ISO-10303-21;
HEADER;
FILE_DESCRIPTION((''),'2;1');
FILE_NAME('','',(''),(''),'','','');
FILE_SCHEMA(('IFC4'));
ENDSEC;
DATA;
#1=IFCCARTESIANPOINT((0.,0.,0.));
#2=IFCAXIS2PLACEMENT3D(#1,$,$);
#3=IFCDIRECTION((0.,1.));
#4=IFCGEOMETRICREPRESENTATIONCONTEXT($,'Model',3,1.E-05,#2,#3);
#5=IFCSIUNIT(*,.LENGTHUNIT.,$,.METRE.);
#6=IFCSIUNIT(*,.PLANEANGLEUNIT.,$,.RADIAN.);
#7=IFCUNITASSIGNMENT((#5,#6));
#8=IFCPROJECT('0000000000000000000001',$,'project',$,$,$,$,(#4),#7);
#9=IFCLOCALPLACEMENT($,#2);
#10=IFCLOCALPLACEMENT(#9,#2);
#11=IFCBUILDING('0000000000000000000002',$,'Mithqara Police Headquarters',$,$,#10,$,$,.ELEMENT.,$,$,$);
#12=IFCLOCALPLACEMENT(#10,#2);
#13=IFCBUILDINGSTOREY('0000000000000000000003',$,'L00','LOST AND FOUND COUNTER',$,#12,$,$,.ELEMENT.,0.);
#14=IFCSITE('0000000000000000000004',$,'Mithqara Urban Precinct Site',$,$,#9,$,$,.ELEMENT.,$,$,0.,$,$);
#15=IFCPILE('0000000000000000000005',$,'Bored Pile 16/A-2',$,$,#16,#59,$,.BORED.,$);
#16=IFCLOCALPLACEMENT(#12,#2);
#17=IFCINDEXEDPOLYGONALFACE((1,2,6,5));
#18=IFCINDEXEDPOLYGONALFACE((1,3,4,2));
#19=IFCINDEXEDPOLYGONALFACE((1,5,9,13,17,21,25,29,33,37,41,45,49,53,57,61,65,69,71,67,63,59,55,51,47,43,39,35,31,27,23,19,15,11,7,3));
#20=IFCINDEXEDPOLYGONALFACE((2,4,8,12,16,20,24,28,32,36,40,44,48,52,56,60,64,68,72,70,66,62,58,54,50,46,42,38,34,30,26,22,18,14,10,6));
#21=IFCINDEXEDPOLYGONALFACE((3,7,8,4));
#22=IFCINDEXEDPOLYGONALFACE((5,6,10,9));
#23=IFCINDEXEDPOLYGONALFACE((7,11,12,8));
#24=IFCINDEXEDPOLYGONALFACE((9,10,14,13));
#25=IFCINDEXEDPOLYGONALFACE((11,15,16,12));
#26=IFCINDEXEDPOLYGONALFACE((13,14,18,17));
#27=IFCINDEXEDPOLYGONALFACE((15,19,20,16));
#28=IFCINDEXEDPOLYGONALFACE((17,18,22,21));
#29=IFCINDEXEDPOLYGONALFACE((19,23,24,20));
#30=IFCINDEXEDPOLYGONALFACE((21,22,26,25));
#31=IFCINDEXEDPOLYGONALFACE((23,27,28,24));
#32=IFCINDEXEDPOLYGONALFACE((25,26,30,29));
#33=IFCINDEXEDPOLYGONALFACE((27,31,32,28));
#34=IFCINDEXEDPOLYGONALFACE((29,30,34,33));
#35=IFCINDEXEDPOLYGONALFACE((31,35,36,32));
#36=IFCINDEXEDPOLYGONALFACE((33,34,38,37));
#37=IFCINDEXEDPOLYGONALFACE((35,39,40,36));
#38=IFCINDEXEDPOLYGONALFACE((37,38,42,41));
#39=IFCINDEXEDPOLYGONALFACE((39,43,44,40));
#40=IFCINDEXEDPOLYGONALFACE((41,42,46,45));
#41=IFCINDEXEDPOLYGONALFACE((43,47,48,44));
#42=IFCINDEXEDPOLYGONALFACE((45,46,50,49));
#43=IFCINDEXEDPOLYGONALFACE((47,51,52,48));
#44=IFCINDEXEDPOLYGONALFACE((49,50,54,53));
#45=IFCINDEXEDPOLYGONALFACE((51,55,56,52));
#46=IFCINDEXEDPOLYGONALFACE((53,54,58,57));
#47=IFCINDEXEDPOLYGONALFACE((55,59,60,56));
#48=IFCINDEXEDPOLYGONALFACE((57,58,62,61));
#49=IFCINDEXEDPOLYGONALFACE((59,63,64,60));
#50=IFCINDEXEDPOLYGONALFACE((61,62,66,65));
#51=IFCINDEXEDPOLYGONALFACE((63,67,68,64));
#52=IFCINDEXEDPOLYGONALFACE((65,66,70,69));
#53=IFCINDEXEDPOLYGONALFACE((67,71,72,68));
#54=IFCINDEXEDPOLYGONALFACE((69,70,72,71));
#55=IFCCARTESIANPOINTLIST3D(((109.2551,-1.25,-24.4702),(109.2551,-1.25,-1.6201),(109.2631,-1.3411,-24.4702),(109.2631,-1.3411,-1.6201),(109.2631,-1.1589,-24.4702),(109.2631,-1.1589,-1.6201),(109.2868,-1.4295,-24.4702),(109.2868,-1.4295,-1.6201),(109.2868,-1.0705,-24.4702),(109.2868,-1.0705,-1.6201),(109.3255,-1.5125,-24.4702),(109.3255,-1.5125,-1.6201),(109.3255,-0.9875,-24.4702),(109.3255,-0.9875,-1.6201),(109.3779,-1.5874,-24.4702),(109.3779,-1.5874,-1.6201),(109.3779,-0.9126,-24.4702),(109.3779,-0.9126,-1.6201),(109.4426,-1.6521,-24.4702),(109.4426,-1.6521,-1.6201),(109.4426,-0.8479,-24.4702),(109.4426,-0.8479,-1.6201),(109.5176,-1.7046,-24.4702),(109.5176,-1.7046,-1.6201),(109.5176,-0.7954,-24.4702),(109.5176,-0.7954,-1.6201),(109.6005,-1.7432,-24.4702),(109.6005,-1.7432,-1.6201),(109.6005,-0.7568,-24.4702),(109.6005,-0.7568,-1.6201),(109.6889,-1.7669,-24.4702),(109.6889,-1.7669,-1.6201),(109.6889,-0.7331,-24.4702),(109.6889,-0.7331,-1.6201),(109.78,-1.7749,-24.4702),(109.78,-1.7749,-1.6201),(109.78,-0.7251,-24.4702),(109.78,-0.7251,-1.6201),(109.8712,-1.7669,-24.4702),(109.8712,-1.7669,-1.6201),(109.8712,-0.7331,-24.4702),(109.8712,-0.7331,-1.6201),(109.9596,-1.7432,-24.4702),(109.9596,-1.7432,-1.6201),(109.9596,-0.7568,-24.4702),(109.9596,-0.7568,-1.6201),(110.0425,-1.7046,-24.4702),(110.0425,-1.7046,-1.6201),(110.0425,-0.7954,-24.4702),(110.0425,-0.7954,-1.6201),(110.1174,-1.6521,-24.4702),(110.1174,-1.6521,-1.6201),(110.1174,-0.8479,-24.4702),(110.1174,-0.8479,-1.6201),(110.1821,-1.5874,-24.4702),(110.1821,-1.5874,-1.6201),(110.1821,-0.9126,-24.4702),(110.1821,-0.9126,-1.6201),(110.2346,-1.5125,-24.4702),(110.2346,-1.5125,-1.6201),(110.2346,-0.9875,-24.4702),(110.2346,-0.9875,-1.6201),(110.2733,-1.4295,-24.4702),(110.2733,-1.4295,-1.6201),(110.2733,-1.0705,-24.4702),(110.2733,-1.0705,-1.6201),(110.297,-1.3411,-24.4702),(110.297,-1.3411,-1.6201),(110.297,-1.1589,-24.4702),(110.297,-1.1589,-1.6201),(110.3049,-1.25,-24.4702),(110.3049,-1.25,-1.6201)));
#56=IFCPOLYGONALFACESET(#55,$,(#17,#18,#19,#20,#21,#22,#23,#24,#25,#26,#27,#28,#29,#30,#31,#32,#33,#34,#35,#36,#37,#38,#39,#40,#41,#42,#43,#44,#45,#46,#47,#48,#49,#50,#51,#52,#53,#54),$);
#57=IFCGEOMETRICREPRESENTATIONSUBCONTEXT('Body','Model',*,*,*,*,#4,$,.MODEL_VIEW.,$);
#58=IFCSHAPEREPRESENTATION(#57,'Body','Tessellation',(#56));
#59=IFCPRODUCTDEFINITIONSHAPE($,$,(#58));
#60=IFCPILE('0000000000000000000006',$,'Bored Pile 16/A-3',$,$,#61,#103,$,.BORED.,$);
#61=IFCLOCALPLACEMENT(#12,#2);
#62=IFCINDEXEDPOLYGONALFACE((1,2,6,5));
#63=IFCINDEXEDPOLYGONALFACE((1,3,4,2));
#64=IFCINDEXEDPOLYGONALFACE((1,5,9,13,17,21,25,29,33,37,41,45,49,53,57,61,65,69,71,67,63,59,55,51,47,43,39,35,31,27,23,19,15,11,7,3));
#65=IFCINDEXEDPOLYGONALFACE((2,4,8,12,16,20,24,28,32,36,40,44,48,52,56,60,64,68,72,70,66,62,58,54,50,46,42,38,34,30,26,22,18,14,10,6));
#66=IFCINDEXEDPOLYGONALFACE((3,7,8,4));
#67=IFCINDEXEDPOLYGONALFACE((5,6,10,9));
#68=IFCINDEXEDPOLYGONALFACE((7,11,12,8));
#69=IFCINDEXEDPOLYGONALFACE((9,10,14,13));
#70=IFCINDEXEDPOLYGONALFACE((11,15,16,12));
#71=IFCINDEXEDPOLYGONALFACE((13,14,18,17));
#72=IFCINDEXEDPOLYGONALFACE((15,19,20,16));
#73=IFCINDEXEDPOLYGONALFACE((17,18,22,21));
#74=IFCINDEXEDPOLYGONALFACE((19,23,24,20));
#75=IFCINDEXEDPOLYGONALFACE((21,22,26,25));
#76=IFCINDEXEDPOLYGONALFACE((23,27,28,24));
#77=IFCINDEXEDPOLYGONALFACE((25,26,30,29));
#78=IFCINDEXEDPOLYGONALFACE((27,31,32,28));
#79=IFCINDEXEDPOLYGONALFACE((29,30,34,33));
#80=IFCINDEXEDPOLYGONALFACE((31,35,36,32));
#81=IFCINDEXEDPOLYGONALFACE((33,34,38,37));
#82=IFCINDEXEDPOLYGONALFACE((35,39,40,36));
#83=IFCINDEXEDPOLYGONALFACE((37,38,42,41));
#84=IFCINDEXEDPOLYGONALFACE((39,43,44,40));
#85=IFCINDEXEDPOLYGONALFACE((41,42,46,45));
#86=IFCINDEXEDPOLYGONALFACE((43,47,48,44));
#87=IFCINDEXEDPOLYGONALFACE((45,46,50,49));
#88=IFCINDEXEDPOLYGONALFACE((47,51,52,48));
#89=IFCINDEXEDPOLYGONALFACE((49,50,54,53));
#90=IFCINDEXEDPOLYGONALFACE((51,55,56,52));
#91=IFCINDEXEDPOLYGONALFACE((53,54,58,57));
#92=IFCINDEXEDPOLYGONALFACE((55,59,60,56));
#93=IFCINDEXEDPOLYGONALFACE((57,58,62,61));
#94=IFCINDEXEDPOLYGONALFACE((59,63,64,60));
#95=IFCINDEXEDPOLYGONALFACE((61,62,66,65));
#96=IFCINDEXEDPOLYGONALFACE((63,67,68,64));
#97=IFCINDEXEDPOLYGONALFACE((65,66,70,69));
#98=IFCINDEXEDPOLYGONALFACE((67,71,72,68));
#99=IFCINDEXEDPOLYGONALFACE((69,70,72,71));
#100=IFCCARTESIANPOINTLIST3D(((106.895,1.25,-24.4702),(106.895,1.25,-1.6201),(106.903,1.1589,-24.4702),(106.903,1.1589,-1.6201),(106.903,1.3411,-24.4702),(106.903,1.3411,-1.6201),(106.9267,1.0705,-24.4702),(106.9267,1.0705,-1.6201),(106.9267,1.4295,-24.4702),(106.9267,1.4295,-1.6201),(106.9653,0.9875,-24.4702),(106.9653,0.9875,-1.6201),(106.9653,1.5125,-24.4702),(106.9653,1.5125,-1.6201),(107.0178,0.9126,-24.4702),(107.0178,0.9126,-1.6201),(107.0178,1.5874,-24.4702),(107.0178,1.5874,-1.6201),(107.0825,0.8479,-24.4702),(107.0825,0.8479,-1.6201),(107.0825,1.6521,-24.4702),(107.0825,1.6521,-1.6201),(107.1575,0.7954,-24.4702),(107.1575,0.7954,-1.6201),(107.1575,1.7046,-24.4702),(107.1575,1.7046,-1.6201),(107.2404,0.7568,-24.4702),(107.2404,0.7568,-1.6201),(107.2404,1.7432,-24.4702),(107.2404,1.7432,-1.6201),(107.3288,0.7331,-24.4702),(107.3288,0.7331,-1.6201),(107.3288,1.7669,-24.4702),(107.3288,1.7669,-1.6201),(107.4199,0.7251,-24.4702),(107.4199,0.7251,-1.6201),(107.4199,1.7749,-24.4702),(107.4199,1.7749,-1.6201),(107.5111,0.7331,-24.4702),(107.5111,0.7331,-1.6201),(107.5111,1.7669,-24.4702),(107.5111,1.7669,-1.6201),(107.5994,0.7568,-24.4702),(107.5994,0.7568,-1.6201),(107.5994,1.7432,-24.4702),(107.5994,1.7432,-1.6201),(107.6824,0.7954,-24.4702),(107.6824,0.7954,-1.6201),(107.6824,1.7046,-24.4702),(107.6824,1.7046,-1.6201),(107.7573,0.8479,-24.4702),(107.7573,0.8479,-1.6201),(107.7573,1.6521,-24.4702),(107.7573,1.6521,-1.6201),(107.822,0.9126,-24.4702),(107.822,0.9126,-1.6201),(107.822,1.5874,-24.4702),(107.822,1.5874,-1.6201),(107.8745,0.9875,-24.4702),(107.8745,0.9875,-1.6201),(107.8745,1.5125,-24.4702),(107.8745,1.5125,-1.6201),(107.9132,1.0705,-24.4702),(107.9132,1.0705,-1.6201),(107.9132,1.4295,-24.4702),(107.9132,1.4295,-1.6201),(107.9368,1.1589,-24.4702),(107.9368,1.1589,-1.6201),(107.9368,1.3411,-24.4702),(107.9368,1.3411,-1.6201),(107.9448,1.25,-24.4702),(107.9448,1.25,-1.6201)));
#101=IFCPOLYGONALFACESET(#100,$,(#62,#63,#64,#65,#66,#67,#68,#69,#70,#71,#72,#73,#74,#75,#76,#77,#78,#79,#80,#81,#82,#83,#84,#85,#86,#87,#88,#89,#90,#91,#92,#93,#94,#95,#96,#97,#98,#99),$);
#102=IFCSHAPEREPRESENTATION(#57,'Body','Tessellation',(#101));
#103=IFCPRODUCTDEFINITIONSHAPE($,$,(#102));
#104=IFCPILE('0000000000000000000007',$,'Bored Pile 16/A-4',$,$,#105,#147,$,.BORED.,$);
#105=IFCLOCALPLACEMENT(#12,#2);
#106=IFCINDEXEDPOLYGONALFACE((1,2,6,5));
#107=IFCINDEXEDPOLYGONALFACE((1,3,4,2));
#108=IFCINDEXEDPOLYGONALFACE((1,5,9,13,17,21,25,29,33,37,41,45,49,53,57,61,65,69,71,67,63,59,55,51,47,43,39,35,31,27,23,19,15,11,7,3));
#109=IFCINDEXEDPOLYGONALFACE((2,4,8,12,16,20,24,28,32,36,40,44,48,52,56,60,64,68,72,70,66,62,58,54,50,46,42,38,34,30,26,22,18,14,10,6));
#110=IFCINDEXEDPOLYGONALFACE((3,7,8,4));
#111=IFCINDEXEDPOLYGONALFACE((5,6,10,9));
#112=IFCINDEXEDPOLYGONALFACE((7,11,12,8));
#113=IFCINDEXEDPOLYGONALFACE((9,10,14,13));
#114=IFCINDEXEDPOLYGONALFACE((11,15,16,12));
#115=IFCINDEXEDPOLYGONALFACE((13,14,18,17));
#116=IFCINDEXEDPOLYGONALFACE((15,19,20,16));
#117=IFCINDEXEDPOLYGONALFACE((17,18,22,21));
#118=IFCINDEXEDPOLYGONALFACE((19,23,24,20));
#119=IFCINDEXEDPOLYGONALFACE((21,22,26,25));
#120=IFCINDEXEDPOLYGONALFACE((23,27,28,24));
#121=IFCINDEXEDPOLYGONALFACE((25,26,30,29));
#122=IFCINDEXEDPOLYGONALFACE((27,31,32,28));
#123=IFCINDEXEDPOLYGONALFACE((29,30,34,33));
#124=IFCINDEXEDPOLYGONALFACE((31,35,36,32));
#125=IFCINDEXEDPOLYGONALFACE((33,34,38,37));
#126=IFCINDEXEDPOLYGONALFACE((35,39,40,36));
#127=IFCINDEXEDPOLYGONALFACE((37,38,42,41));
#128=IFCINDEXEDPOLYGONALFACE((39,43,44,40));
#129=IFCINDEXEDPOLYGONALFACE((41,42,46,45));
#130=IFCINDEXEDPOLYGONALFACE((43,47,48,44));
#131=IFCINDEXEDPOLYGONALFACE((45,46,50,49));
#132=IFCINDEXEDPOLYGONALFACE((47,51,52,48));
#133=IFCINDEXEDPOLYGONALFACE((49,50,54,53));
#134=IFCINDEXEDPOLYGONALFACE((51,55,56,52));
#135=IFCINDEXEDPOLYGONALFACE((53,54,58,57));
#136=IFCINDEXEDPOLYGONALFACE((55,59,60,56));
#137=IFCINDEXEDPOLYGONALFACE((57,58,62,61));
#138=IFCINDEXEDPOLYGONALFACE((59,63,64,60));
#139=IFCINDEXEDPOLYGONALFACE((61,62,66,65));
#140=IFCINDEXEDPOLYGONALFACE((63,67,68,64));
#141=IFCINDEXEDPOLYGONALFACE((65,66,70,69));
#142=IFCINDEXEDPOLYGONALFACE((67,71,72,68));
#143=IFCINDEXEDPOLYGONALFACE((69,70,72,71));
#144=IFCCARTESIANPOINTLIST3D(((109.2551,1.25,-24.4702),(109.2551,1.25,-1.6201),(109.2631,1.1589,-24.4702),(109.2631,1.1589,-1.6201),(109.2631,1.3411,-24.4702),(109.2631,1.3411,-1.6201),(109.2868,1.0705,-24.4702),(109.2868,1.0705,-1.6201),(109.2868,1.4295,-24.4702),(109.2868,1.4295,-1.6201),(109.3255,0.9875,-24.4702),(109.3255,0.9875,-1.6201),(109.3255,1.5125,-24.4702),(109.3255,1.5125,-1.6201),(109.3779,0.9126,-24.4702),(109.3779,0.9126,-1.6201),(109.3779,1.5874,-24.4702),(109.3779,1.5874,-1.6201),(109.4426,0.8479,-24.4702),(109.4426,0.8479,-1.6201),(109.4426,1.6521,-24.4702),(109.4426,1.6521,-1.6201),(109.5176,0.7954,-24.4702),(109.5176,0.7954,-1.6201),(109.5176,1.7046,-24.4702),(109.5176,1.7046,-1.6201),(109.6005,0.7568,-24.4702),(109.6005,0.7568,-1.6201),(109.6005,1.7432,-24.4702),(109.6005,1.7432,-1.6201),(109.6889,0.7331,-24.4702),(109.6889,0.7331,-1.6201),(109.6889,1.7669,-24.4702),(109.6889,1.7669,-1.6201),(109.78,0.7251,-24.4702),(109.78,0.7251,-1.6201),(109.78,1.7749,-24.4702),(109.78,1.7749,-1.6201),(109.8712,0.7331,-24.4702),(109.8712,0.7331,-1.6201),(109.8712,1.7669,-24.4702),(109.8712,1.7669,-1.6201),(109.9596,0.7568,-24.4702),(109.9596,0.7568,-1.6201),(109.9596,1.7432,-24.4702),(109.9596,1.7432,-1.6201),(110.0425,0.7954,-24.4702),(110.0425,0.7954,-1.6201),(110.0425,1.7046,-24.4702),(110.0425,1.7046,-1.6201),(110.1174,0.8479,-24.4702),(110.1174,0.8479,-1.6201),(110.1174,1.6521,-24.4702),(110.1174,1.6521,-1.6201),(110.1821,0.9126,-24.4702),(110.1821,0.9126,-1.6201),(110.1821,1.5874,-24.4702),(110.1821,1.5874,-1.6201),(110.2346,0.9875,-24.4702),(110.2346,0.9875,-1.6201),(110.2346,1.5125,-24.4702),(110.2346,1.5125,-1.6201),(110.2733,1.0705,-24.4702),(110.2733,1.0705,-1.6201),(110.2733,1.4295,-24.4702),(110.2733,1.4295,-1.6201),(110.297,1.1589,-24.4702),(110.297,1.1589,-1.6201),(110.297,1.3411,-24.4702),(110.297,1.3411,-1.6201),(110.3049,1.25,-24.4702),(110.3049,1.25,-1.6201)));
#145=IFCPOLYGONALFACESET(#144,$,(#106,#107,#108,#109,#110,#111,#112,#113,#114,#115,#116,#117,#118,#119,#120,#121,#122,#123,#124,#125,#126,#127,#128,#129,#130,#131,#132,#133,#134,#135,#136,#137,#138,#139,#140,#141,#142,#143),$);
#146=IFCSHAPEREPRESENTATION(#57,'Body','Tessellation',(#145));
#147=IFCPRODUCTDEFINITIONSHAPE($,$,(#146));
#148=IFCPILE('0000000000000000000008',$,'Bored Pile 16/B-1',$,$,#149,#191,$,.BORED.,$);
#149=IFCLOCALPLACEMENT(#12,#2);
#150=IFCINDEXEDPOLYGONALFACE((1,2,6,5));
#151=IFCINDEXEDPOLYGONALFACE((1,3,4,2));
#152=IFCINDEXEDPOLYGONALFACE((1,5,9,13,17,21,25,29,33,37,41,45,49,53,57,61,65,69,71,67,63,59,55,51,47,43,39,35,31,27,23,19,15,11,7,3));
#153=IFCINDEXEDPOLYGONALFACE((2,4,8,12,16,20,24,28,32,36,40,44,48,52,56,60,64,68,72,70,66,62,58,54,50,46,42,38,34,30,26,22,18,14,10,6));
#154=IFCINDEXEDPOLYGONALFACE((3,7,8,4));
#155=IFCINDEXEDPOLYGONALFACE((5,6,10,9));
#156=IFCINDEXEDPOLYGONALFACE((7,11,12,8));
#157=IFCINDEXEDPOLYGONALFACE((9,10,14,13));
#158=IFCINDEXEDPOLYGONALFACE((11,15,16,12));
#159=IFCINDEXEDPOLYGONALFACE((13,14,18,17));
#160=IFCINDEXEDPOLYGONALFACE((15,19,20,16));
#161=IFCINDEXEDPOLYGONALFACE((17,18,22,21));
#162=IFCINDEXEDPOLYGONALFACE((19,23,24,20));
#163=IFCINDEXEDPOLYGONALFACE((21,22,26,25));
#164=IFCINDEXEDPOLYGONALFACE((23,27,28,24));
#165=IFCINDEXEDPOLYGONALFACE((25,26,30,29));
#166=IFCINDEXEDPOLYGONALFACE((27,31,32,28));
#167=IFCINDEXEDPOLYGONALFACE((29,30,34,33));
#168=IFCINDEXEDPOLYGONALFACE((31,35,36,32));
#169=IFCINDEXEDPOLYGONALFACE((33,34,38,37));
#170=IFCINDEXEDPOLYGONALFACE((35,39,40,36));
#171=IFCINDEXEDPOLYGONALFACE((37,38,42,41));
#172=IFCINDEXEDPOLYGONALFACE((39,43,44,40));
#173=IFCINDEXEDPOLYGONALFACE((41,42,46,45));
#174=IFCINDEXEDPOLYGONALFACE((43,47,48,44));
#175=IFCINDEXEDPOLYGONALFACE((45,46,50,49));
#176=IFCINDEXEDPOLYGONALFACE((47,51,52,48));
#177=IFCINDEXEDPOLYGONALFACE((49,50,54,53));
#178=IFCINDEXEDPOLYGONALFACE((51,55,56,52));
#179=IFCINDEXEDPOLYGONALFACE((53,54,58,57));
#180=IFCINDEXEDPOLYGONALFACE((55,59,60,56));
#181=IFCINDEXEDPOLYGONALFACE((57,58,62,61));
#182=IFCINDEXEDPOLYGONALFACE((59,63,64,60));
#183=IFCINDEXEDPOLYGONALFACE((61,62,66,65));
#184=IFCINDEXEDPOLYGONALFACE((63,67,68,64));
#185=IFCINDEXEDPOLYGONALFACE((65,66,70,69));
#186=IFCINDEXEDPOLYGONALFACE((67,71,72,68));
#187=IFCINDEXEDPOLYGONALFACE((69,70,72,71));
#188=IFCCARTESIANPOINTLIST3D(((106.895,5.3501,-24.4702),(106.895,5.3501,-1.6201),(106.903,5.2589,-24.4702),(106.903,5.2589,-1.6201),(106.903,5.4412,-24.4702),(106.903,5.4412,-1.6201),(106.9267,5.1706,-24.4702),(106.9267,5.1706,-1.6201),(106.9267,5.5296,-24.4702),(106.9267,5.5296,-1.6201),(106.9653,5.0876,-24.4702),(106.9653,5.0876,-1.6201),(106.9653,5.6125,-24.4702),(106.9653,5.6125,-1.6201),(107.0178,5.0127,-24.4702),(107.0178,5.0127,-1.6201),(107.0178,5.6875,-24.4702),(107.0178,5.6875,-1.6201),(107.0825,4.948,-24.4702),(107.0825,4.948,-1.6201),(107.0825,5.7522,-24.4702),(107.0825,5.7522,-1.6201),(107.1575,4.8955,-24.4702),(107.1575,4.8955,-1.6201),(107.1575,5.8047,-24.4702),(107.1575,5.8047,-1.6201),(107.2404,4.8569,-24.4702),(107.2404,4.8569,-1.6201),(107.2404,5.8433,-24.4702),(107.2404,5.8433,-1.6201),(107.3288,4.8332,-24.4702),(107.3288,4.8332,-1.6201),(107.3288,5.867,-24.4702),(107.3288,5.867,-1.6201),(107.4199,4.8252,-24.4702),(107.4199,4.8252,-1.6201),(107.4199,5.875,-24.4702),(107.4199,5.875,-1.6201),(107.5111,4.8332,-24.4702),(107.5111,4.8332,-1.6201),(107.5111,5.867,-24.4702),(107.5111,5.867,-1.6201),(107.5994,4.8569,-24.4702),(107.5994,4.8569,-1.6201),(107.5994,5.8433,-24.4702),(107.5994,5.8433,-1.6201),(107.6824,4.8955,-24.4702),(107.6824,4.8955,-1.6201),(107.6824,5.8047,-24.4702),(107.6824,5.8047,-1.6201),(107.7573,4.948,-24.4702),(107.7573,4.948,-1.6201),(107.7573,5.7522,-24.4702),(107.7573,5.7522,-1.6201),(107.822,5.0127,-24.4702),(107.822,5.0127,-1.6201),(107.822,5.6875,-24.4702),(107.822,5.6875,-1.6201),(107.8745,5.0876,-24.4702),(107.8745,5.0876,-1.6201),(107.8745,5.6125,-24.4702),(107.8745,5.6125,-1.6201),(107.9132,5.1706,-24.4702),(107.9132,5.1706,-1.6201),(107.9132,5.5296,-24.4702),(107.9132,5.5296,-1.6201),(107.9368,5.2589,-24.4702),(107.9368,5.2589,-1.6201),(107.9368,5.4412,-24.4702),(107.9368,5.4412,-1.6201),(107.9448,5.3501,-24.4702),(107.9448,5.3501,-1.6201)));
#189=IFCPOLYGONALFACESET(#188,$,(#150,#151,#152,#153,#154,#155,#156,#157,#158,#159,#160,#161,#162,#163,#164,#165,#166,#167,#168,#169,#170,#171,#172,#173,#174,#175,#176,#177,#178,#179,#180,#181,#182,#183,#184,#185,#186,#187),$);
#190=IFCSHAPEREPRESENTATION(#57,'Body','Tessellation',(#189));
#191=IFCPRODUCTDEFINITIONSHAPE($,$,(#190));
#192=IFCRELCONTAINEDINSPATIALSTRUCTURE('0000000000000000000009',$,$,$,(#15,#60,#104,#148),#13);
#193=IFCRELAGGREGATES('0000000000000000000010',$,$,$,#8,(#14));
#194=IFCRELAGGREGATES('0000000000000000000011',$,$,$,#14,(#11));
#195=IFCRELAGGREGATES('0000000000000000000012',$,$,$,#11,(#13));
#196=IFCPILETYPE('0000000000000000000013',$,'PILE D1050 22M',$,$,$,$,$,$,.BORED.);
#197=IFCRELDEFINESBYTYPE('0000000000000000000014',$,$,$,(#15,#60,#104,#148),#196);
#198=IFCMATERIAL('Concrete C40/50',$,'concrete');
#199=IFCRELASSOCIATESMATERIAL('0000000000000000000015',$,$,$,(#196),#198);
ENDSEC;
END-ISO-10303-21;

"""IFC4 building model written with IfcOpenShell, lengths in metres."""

from ifc_helpers import new_model, si_unit, direction, frame, origin, origin_2d, place, context, subcontext, project, spatial, circle, extrude, material, material_profile, profile_set, type_object, element, save


model = new_model("IFC4")

# Units and contexts
model_context = context("Model", 3, precision=1e-05, world=origin(), true_north=direction((0.0, 1.0)))
body_context = subcontext(model_context, "Body", "Model", "MODEL_VIEW")
ifc_project = project(units=[si_unit("LENGTHUNIT", "METRE"), si_unit("PLANEANGLEUNIT", "RADIAN")], contexts=[model_context])

# Site, building, storey
site_placement = place(None, origin())
site = spatial("IfcSite", under=ifc_project, at=site_placement, Name="Mithqara Urban Precinct Site", CompositionType="ELEMENT", RefElevation=0.0)
building_placement = place(site_placement, origin())
building = spatial("IfcBuilding", under=site, at=building_placement, Name="Mithqara Police Headquarters", CompositionType="ELEMENT")
storey_placement = place(building_placement, origin())
storey = spatial("IfcBuildingStorey", under=building, at=storey_placement, Name="L00", Description="LOST AND FOUND COUNTER", CompositionType="ELEMENT", Elevation=0.0)

# Shared definitions
ifc_material_1 = material(Name="Concrete C40/50", Category="concrete")

# Piles
ifc_material_profile_1 = material_profile(ifc_material_1, circle(Radius=0.5249, at=origin_2d()), Name="PILE D1050")
ifc_profile_set_1 = profile_set([ifc_material_profile_1], Name="Concrete C40/50")
pile_type = type_object("IfcPileType", Name="PILE D1050 22M", PredefinedType="BORED", material=ifc_profile_set_1)
for number, where, z_axis, x_axis, name in (
    (1, (109.78, -1.25, -1.6201), (0.0, 0.0, -1.0), (1.0, 0.0, 0.0), "Bored Pile 16/A-2"),
    (2, (107.4199, 1.25, -1.6201), (0.0, 0.0, -1.0), (1.0, 0.0, 0.0), "Bored Pile 16/A-3"),
    (3, (109.78, 1.25, -1.6201), (0.0, 0.0, -1.0), (1.0, 0.0, 0.0), "Bored Pile 16/A-4"),
    (4, (107.4199, 5.3501, -1.6201), (0.0, 0.0, -1.0), (1.0, 0.0, 0.0), "Bored Pile 16/B-1"),
):
    element("IfcPile", number, at=place(storey_placement, frame(where, z_axis=z_axis, x_axis=x_axis)), inside=storey, type_object=pile_type, Name=name, PredefinedType="BORED", context=body_context, shape_type="SweptSolid", body=[
        extrude(circle(Radius=0.5249, at=origin_2d()), origin(), (0.0, 0.0, 1.0), 22.8501),
    ])

save(model, "model.ifc")
